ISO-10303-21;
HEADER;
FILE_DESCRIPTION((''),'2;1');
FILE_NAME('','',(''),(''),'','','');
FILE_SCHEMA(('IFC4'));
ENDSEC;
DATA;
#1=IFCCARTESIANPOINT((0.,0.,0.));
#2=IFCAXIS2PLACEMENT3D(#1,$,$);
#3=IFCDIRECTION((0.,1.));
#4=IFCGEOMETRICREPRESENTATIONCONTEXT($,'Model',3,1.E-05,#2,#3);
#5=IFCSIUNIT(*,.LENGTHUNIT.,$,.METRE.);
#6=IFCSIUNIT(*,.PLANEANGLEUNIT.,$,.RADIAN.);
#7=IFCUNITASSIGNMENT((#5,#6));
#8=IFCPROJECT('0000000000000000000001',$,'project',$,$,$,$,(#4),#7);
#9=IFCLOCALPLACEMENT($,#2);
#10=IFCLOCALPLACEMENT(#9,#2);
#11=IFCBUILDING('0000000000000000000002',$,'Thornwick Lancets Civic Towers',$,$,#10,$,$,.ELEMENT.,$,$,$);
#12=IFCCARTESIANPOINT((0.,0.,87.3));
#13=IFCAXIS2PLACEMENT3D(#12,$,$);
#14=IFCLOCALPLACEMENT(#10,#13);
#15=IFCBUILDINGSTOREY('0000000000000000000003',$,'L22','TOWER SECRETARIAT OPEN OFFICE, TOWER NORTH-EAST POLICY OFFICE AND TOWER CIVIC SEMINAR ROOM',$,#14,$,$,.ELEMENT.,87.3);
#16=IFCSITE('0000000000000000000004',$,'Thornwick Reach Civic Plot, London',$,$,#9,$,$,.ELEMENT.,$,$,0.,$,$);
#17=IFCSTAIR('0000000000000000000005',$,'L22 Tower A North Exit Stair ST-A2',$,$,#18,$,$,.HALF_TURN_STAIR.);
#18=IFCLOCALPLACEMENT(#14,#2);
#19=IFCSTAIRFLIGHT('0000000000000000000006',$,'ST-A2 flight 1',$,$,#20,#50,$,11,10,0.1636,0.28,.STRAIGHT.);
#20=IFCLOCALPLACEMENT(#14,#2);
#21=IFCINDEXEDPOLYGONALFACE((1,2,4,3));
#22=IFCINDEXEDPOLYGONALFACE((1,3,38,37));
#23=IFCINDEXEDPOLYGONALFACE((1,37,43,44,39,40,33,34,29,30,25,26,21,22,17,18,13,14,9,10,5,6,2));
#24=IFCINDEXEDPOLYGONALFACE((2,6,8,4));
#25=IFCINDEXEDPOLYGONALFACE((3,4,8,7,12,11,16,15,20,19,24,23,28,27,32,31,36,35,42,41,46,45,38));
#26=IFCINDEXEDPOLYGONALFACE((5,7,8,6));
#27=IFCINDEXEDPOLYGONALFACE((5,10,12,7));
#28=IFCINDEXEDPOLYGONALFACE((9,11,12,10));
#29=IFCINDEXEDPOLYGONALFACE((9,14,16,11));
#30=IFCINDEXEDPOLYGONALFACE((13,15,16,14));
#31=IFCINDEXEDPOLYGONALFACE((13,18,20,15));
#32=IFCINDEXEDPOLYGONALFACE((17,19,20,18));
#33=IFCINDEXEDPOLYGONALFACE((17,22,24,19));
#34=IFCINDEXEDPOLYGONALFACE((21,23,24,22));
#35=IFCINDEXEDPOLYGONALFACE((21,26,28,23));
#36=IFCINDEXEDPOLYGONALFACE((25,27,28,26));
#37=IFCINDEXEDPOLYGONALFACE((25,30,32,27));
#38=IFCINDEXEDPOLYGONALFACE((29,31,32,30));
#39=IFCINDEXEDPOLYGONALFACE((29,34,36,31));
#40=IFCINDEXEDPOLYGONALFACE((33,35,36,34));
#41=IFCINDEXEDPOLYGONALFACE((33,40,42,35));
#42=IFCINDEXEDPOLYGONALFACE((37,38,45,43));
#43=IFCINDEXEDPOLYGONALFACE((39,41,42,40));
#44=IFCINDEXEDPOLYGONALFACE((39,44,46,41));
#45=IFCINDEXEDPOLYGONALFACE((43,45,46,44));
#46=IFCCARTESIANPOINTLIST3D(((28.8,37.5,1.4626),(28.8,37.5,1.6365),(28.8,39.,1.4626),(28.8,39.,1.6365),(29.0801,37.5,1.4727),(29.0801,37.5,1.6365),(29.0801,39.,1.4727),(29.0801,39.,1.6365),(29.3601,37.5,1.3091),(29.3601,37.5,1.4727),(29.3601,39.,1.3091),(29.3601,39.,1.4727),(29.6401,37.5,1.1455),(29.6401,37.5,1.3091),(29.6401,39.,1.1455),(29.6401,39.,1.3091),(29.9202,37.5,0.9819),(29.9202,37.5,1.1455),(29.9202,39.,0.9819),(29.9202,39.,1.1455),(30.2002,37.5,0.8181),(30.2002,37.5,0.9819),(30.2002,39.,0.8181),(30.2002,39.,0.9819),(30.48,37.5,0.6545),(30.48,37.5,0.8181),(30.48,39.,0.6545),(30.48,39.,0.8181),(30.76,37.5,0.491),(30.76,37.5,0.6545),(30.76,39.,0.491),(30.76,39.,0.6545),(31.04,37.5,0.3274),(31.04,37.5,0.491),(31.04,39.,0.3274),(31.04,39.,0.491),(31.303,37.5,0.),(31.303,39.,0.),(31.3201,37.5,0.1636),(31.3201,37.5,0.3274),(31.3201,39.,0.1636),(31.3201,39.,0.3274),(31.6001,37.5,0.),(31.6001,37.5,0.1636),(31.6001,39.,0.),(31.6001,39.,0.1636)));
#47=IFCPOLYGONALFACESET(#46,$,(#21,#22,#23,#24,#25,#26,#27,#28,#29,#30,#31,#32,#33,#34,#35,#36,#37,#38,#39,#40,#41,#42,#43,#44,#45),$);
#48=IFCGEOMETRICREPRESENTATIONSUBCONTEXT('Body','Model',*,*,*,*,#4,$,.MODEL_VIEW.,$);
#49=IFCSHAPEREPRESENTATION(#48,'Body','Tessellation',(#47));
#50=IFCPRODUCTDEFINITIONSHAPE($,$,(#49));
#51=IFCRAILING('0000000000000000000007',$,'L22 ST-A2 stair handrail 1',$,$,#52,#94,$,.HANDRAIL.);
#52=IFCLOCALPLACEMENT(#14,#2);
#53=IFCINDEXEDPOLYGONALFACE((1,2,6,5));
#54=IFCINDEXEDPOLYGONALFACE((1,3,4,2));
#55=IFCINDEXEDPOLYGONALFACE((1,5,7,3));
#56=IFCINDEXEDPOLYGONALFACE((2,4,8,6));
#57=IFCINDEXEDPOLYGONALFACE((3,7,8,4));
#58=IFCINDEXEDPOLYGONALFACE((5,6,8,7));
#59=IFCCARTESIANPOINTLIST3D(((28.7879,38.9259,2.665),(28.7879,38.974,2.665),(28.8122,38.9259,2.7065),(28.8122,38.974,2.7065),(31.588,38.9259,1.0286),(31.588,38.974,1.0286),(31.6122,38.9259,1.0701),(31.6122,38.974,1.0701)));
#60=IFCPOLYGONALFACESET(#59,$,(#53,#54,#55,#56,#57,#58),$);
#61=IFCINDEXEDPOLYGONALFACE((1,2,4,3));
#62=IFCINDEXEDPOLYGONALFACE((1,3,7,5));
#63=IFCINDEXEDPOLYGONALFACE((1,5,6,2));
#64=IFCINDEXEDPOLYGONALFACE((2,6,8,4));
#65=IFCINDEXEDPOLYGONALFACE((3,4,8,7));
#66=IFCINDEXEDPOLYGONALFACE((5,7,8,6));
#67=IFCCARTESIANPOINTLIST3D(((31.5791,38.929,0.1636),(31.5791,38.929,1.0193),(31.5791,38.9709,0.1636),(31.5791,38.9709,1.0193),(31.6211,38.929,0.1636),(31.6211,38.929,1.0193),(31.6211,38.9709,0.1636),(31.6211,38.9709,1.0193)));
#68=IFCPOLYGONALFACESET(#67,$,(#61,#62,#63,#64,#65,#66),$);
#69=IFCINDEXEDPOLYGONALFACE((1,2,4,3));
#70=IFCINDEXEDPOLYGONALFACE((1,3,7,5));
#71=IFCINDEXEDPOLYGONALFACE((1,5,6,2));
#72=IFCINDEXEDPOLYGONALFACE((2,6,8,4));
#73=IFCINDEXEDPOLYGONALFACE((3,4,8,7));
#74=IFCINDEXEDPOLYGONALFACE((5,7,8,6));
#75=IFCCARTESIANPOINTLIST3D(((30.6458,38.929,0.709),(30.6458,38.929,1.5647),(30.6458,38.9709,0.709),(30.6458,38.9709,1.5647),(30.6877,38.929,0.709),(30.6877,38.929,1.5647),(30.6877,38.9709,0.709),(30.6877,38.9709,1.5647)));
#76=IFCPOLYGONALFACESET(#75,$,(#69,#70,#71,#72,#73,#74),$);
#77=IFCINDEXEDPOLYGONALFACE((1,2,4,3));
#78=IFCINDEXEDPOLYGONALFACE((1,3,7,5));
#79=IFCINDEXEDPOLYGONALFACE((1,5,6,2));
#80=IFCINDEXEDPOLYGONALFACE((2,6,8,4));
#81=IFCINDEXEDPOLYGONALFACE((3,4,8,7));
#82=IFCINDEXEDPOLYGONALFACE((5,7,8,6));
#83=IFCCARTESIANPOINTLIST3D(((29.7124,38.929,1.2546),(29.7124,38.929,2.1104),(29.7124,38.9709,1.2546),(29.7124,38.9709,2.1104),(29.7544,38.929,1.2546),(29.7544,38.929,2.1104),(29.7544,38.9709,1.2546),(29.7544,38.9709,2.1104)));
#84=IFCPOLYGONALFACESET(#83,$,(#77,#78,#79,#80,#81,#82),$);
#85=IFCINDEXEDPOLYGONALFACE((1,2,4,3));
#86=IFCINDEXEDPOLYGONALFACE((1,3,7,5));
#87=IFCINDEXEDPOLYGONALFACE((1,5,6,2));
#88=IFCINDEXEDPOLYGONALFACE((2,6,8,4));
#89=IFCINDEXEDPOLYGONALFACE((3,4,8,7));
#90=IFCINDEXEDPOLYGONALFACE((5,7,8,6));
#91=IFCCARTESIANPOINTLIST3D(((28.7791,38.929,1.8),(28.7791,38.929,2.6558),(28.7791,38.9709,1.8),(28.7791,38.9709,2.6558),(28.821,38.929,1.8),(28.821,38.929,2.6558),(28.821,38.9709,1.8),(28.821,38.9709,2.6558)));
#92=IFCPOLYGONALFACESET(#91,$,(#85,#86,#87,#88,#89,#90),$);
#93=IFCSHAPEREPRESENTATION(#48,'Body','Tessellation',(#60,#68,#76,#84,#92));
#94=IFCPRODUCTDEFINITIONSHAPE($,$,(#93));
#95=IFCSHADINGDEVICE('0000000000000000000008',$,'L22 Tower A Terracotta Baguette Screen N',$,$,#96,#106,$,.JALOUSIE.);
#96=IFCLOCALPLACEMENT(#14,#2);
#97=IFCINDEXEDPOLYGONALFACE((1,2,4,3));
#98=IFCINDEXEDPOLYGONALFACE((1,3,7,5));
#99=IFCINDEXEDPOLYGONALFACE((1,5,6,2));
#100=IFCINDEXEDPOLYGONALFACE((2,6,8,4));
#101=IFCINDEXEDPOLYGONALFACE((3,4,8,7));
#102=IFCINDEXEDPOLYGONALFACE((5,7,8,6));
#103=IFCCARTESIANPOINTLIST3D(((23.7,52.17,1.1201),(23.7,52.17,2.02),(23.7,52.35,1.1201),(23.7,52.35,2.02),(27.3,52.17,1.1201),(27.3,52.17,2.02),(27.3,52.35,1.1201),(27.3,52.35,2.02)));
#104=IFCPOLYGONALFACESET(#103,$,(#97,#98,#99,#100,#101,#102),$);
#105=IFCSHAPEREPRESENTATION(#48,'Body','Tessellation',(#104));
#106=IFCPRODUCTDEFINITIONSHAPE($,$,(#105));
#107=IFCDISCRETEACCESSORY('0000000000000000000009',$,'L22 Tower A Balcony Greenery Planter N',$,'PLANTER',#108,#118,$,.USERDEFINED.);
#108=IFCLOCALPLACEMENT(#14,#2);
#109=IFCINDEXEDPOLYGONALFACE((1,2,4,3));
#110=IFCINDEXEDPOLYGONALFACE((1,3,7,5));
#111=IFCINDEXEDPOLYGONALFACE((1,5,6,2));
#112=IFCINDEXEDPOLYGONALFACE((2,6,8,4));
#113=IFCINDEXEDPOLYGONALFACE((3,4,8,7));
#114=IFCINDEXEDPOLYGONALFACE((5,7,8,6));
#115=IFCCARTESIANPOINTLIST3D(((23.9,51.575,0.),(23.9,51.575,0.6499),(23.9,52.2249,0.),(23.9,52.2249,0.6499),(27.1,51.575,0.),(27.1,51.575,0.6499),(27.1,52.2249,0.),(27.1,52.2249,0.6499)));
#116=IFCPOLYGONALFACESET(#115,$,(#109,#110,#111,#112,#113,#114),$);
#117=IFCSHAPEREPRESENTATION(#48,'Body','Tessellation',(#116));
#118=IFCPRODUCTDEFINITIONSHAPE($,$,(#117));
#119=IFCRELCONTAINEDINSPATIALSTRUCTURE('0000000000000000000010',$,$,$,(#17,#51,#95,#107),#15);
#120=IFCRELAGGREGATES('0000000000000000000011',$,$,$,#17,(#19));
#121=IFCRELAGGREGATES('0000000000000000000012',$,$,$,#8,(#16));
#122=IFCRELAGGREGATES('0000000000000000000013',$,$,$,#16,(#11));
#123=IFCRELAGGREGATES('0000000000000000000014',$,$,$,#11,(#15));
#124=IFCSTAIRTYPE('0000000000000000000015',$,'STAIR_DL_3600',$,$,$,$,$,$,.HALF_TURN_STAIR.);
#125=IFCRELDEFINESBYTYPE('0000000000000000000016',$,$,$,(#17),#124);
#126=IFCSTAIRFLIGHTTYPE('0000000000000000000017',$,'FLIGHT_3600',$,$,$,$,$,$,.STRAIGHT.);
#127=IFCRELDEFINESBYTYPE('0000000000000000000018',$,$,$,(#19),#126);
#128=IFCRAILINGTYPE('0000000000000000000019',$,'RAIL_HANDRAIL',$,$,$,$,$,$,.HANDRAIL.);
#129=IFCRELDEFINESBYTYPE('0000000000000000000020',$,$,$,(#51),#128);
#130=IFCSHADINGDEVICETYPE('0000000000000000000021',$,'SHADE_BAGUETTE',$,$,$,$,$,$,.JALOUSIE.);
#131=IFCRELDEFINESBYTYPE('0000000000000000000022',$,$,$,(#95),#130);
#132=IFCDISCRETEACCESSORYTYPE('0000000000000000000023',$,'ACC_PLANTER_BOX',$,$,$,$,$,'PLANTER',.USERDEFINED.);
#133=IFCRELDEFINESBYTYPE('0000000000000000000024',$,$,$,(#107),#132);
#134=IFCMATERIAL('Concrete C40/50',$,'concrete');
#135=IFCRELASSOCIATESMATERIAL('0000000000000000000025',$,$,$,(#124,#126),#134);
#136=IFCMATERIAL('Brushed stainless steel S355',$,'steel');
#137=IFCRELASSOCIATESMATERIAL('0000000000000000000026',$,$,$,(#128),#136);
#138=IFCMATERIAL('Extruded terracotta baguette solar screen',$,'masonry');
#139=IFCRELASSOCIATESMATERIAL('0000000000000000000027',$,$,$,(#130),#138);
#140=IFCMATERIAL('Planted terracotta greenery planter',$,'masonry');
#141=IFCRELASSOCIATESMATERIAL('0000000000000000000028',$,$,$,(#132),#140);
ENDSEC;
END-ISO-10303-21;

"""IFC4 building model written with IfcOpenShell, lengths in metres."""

from ifc_helpers import new_model, si_unit, direction, frame, origin, origin_2d, place, context, subcontext, project, spatial, polyline, rectangle, outline, extrude, material, type_object, element, aggregate, save


model = new_model("IFC4")

# Units and contexts
model_context = context("Model", 3, precision=1e-05, world=origin(), true_north=direction((0.0, 1.0)))
body_context = subcontext(model_context, "Body", "Model", "MODEL_VIEW")
ifc_project = project(units=[si_unit("LENGTHUNIT", "METRE"), si_unit("PLANEANGLEUNIT", "RADIAN")], contexts=[model_context])

# Site, building, storey
site_placement = place(None, origin())
site = spatial("IfcSite", under=ifc_project, at=site_placement, Name="Thornwick Reach Civic Plot, London", CompositionType="ELEMENT", RefElevation=0.0)
building_placement = place(site_placement, origin())
building = spatial("IfcBuilding", under=site, at=building_placement, Name="Thornwick Lancets Civic Towers", CompositionType="ELEMENT")
storey_placement = place(building_placement, frame((0.0, 0.0, 87.3)))
storey = spatial("IfcBuildingStorey", under=building, at=storey_placement, Name="L22", Description="TOWER SECRETARIAT OPEN OFFICE, TOWER NORTH-EAST POLICY OFFICE AND TOWER CIVIC SEMINAR ROOM", CompositionType="ELEMENT", Elevation=87.3)

# Shared definitions
ifc_material_1 = material(Name="Concrete C40/50", Category="concrete")

# Stair, stair flight
stair_type = type_object("IfcStairType", Name="STAIR_DL_3600", PredefinedType="HALF_TURN_STAIR", material=ifc_material_1)
stair_placement = place(storey_placement, origin())
stair = element("IfcStair", 1, at=stair_placement, inside=storey, type_object=stair_type, Name="L22 Tower A North Exit Stair ST-A2", PredefinedType="HALF_TURN_STAIR")
stair_flight_type = type_object("IfcStairFlightType", Name="FLIGHT_3600", PredefinedType="STRAIGHT", material=ifc_material_1)
stair_flight_placement = place(storey_placement, frame((31.6001, 38.25, 0.0), z_axis=(0.0, 0.0, 1.0), x_axis=(-1.0, 0.0, 0.0)))
stair_flight = element("IfcStairFlight", 2, at=stair_flight_placement, type_object=stair_flight_type, Name="ST-A2 flight 1", NumberOfRisers=11, NumberOfTreads=10, PredefinedType="STRAIGHT", RiserHeight=0.1636, TreadLength=0.28, context=body_context, shape_type="SweptSolid", body=[
    extrude(outline(polyline([(0.0, 0.0), (0.0, 0.1636), (0.28, 0.1636), (0.28, 0.3274), (0.5601, 0.3274), (0.5601, 0.491), (0.8401, 0.491), (0.8401, 0.6545), (1.1201, 0.6545), (1.1201, 0.8181), (1.3999, 0.8181), (1.3999, 0.9819), (1.6799, 0.9819), (1.6799, 1.1455), (1.96, 1.1455), (1.96, 1.3091), (2.24, 1.3091), (2.24, 1.4727), (2.52, 1.4727), (2.52, 1.6365), (2.8, 1.6365), (2.8, 1.8), (2.8, 1.4626), (0.2971, 0.0), (0.0, 0.0)])), frame((0.0, 0.75, 0.0), z_axis=(0.0, -1.0, 0.0), x_axis=(1.0, 0.0, 0.0)), (0.0, 0.0, 1.0), 1.5),
])
aggregate(stair, [stair_flight])

# Railing
ifc_material_2 = material(Name="Brushed stainless steel S355", Category="steel")
railing_type = type_object("IfcRailingType", Name="RAIL_HANDRAIL", PredefinedType="HANDRAIL", material=ifc_material_2)
railing_placement = place(storey_placement, frame((31.6001, 38.95, 0.1636)))
element("IfcRailing", 3, at=railing_placement, inside=storey, type_object=railing_type, Name="L22 ST-A2 stair handrail 1", PredefinedType="HANDRAIL", context=body_context, shape_type="SweptSolid", body=[
    extrude(rectangle(XDim=0.0481, YDim=0.0481, at=origin_2d()), frame((0.0, 0.0, 0.8857), z_axis=(-0.863361, 0.0, 0.504587), x_axis=(0.0, -1.0, 0.0)), (0.0, 0.0, 1.0), 3.2432),
    extrude(rectangle(XDim=0.042, YDim=0.042, at=origin_2d()), origin(), (0.0, 0.0, 1.0), 0.8557),
    extrude(rectangle(XDim=0.042, YDim=0.042, at=origin_2d()), frame((-0.9333, 0.0, 0.5454)), (0.0, 0.0, 1.0), 0.8557),
    extrude(rectangle(XDim=0.042, YDim=0.042, at=origin_2d()), frame((-1.8667, 0.0, 1.0911)), (0.0, 0.0, 1.0), 0.8557),
    extrude(rectangle(XDim=0.042, YDim=0.042, at=origin_2d()), frame((-2.8, 0.0, 1.6365)), (0.0, 0.0, 1.0), 0.8557),
])

# Shading device
ifc_material_3 = material(Name="Extruded terracotta baguette solar screen", Category="masonry")
shading_device_type = type_object("IfcShadingDeviceType", Name="SHADE_BAGUETTE", PredefinedType="JALOUSIE", material=ifc_material_3)
shading_device_placement = place(storey_placement, frame((25.5, 52.26, 1.1201), z_axis=(0.0, 0.0, 1.0), x_axis=(1.0, 0.0, 0.0)))
element("IfcShadingDevice", 4, at=shading_device_placement, inside=storey, type_object=shading_device_type, Name="L22 Tower A Terracotta Baguette Screen N", PredefinedType="JALOUSIE", context=body_context, shape_type="SweptSolid", body=[
    extrude(rectangle(XDim=3.6001, YDim=0.1799, at=origin_2d()), origin(), (0.0, 0.0, 1.0), 0.8999),
])

# Discrete accessory
ifc_material_4 = material(Name="Planted terracotta greenery planter", Category="masonry")
discrete_accessory_type = type_object("IfcDiscreteAccessoryType", Name="ACC_PLANTER_BOX", ElementType="PLANTER", PredefinedType="USERDEFINED", material=ifc_material_4)
discrete_accessory_placement = place(storey_placement, frame((25.5, 51.8999, 0.0), z_axis=(0.0, 0.0, 1.0), x_axis=(1.0, 0.0, 0.0)))
element("IfcDiscreteAccessory", 5, at=discrete_accessory_placement, inside=storey, type_object=discrete_accessory_type, Name="L22 Tower A Balcony Greenery Planter N", ObjectType="PLANTER", PredefinedType="USERDEFINED", context=body_context, shape_type="SweptSolid", body=[
    extrude(rectangle(XDim=3.2, YDim=0.6499, at=origin_2d()), origin(), (0.0, 0.0, 1.0), 0.6499),
])

save(model, "model.ifc")
